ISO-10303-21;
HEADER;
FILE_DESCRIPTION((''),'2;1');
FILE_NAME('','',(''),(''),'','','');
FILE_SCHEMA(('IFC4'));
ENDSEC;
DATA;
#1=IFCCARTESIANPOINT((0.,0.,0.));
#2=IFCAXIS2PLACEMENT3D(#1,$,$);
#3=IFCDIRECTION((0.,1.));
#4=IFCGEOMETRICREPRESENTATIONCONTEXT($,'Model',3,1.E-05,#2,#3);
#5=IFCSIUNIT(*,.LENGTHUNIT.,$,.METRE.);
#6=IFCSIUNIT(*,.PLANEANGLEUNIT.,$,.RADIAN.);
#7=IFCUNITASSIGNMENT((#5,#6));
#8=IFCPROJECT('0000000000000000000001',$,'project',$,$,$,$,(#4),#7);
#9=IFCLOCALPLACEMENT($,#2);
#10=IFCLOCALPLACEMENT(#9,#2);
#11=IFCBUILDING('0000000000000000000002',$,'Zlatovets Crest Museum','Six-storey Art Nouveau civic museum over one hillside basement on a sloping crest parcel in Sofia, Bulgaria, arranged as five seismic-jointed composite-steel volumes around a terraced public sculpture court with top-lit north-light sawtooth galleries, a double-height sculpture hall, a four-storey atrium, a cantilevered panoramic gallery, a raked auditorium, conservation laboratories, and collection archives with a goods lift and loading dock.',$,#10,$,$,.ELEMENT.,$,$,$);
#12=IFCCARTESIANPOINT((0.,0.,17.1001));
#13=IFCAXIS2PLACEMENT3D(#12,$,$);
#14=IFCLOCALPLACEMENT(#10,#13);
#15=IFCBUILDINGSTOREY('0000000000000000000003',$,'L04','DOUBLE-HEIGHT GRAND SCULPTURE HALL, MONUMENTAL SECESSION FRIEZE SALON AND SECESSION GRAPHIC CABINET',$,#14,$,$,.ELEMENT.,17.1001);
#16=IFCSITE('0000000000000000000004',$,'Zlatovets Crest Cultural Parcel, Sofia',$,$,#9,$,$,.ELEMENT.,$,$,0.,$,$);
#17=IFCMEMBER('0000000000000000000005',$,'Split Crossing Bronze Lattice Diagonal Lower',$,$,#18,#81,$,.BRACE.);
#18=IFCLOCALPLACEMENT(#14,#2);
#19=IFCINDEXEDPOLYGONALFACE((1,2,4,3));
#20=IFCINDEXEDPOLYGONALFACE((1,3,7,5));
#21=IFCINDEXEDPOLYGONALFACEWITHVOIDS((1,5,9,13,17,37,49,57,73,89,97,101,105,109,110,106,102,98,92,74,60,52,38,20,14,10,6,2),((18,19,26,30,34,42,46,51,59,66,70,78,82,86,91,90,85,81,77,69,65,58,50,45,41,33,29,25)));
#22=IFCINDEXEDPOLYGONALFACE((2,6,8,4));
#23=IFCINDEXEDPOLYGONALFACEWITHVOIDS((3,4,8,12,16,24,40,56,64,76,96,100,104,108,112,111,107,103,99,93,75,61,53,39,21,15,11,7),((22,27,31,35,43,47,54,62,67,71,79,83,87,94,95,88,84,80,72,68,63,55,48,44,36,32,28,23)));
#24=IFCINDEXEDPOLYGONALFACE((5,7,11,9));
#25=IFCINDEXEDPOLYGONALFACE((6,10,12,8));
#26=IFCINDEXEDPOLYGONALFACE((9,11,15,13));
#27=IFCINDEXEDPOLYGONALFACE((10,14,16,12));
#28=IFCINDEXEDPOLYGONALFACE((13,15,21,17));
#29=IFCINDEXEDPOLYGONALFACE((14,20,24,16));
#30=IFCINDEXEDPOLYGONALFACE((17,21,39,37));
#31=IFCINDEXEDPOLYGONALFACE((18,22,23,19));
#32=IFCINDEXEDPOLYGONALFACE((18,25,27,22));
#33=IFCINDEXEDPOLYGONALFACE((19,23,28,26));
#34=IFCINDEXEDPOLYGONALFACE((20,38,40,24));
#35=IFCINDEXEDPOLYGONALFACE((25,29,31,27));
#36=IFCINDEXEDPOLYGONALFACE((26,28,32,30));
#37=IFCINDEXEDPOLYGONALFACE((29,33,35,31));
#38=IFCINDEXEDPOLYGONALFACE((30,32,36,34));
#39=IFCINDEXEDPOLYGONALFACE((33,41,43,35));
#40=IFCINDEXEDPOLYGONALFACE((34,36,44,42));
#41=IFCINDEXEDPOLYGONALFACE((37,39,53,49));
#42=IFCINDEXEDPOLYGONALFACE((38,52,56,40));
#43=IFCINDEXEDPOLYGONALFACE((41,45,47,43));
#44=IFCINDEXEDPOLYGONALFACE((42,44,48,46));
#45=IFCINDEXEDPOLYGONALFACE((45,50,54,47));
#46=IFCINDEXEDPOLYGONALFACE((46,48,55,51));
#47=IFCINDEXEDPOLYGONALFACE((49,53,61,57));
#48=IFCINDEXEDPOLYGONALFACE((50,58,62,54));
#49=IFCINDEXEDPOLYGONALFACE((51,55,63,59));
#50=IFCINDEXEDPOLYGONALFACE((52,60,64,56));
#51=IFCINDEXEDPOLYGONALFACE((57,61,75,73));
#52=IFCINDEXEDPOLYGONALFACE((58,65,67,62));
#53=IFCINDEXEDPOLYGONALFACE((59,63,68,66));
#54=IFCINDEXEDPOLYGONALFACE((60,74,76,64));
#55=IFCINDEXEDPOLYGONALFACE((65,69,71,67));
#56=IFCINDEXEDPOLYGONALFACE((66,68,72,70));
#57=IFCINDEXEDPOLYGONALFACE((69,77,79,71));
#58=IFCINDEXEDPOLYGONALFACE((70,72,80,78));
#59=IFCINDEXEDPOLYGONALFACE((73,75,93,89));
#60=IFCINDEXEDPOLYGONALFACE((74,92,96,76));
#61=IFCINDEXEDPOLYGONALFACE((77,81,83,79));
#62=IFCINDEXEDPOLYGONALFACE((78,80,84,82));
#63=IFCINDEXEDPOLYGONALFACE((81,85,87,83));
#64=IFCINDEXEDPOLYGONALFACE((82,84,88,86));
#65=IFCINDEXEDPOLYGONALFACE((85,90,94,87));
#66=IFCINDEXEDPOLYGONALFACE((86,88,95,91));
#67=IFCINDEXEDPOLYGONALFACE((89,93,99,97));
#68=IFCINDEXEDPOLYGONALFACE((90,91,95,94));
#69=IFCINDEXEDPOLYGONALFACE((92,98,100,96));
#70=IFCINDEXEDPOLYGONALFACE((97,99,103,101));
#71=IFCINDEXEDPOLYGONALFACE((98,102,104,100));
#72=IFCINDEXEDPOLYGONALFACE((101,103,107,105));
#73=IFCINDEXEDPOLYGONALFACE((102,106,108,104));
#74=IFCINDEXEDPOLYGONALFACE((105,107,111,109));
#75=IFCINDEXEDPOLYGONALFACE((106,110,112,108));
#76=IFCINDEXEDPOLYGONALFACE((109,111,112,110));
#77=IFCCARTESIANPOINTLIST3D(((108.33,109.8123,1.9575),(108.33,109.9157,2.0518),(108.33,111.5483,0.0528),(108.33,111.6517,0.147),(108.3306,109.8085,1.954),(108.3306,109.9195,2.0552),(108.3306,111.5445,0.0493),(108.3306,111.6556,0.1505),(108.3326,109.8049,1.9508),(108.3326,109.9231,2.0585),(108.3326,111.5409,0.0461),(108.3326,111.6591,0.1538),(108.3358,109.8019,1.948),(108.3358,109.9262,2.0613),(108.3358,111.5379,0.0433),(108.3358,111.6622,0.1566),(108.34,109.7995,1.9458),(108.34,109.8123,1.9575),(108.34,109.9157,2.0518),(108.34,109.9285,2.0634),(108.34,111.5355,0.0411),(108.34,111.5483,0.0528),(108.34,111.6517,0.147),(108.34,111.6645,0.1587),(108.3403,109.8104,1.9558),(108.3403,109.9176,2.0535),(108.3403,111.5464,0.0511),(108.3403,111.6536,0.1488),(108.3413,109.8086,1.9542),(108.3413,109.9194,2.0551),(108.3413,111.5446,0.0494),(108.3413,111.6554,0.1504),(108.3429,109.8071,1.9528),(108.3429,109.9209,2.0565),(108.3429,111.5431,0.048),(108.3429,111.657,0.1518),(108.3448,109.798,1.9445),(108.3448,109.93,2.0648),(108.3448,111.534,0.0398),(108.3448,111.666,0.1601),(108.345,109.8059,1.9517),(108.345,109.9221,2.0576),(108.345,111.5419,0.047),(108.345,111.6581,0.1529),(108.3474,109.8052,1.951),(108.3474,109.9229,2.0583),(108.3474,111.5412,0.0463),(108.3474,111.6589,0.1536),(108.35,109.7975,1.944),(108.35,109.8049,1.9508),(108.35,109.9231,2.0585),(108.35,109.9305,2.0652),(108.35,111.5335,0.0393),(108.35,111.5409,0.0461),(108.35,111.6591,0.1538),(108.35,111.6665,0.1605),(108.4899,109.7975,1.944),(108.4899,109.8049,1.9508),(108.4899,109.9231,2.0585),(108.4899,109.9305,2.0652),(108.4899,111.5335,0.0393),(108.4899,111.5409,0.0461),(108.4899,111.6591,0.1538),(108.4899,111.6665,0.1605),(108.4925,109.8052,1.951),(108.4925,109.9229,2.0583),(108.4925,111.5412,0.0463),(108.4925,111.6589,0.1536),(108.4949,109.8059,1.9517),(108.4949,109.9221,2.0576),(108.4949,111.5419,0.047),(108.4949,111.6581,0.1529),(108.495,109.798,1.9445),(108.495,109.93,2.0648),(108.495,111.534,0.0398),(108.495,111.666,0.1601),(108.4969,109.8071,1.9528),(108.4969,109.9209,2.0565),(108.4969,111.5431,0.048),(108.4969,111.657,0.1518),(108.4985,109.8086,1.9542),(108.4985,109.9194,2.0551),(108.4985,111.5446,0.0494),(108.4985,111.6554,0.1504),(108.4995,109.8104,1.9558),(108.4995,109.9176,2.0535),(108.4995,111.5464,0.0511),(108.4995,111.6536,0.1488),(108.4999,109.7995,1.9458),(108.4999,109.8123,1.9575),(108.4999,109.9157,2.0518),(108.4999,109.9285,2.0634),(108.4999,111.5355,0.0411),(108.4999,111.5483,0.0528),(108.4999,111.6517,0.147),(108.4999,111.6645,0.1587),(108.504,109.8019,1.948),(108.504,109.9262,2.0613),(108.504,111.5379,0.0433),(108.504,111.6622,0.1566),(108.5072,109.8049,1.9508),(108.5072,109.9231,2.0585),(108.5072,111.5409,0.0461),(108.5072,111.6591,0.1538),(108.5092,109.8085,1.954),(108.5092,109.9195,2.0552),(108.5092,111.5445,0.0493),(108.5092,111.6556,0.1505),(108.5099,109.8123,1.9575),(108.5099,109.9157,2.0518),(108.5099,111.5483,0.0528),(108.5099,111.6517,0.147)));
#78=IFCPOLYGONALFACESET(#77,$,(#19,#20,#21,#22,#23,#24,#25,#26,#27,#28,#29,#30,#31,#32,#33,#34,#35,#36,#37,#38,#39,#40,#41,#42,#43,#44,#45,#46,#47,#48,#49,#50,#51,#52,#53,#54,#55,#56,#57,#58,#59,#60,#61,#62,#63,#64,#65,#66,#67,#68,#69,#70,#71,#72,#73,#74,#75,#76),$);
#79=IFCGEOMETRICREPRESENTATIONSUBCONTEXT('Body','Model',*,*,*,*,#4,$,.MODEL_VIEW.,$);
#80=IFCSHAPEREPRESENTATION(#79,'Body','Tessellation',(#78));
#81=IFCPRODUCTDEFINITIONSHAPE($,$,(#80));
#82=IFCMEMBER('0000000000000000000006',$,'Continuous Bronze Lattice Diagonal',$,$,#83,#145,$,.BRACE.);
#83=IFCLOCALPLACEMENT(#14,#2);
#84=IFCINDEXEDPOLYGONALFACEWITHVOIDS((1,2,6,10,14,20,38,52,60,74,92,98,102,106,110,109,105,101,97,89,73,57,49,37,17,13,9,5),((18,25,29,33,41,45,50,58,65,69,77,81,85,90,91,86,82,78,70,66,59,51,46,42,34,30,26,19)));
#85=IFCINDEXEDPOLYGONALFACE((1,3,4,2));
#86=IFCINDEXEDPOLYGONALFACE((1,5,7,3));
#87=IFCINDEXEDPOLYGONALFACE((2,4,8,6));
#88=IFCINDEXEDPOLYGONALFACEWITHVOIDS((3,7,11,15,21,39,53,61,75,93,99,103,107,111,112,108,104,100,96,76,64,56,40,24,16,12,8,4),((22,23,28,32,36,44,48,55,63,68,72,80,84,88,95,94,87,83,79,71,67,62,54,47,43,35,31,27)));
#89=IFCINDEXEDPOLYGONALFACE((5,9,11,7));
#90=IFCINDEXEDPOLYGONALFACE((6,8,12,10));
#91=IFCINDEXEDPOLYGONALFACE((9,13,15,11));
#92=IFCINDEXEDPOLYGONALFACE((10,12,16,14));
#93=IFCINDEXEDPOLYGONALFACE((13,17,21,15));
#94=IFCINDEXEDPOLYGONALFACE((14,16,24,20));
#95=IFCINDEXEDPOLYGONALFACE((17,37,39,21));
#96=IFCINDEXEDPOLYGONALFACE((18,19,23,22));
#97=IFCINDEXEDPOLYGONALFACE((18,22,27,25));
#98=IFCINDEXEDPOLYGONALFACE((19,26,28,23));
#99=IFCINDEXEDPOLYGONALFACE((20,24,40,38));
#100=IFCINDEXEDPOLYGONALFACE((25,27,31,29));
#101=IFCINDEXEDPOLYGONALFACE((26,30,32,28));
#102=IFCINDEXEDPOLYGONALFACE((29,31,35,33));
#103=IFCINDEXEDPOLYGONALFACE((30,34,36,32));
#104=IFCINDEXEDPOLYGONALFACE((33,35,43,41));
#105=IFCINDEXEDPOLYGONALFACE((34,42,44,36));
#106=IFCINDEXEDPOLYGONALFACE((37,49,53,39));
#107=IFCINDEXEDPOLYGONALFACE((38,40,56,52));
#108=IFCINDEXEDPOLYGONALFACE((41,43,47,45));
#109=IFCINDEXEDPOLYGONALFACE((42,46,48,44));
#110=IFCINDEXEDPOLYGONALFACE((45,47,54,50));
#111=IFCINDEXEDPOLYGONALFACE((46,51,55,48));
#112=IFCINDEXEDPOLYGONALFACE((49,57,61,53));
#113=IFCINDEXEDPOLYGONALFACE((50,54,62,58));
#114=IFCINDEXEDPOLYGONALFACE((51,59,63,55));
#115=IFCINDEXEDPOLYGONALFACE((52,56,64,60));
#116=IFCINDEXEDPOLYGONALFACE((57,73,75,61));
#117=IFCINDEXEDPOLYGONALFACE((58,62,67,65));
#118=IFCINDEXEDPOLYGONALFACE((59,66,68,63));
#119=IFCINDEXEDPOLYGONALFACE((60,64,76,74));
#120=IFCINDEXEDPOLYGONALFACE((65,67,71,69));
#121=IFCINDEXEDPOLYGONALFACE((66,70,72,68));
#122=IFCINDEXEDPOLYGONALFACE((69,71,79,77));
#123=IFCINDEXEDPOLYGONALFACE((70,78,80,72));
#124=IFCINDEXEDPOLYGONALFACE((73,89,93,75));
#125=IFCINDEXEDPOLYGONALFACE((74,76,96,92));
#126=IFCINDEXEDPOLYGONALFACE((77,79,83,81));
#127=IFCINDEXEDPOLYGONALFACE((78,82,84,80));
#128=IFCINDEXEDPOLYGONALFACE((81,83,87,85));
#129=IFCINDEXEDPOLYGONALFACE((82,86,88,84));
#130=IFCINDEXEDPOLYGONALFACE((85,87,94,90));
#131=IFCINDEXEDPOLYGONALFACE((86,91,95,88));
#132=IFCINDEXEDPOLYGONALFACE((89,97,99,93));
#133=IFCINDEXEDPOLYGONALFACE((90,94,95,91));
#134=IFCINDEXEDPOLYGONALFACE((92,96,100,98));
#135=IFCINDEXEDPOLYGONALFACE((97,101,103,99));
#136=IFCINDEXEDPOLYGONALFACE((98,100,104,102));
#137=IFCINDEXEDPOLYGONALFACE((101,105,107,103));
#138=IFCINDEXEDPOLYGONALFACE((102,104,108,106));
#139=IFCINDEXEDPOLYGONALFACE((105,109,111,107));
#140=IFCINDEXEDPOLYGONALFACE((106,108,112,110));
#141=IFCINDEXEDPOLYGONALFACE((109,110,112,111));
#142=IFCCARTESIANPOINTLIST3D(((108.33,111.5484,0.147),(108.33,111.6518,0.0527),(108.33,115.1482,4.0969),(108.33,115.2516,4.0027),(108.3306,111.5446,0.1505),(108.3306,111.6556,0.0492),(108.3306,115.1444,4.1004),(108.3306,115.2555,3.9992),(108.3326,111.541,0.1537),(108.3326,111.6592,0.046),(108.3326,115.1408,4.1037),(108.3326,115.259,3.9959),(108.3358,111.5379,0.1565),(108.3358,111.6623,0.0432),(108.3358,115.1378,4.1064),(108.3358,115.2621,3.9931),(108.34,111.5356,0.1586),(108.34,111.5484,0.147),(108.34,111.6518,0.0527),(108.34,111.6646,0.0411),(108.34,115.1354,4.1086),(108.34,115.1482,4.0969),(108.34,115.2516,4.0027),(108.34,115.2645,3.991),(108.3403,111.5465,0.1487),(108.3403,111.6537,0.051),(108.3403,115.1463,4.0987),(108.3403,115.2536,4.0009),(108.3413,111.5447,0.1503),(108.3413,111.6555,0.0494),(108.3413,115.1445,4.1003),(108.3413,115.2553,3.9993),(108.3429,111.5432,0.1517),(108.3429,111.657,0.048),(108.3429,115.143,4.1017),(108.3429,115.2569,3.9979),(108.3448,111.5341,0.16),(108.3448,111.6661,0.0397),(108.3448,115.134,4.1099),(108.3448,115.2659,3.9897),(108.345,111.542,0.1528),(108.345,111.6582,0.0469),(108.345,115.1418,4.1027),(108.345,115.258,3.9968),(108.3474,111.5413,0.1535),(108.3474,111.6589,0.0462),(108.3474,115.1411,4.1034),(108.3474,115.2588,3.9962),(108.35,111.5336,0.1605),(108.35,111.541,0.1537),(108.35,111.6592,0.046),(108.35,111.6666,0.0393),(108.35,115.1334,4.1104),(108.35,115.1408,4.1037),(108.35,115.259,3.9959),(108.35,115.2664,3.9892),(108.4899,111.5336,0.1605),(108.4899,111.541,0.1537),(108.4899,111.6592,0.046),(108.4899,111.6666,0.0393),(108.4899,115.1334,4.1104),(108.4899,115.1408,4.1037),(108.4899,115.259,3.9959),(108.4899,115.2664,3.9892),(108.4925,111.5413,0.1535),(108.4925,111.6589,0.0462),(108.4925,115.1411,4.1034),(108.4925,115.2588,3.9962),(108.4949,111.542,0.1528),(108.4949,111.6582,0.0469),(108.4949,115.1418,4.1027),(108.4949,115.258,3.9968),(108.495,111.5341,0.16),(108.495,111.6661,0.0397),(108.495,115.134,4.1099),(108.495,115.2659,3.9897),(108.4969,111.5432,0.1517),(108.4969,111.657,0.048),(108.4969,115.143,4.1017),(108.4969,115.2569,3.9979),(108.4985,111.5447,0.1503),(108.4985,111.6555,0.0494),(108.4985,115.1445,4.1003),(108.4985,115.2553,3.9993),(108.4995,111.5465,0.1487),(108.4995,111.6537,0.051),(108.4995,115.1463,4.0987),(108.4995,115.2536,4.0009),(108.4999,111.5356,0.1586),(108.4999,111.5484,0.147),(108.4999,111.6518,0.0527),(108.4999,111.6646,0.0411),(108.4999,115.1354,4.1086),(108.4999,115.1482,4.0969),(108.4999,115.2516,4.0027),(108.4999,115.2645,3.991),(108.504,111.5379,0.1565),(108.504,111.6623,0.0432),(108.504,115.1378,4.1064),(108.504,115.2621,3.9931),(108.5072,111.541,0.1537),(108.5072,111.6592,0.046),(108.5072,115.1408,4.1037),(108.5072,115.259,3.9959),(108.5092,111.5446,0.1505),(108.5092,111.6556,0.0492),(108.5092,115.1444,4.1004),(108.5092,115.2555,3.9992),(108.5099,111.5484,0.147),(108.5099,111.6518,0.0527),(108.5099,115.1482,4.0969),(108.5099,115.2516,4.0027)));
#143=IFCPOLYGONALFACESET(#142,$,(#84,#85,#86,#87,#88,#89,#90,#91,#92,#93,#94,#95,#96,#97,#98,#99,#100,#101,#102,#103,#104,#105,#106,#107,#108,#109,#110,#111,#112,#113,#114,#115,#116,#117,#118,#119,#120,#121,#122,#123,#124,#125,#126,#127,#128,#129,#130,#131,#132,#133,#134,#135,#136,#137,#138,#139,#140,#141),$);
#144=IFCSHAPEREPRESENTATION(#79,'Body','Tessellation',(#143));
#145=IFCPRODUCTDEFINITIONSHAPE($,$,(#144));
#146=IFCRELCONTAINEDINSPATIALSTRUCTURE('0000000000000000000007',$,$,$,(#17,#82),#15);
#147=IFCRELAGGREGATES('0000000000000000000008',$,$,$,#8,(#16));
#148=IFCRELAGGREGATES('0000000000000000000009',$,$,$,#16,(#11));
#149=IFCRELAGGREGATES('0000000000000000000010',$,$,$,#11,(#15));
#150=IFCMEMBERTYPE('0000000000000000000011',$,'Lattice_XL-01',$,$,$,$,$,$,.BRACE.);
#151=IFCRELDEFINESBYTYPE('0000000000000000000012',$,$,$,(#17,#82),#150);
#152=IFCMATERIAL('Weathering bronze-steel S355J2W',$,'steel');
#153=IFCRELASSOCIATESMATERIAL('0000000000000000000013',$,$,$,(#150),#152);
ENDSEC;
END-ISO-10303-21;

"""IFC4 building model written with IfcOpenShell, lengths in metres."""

from ifc_helpers import new_model, si_unit, direction, frame, origin, origin_2d, place, context, subcontext, project, spatial, hollow_rectangle, extrude, material, material_profile, profile_set, type_object, element, save


model = new_model("IFC4")

# Units and contexts
model_context = context("Model", 3, precision=1e-05, world=origin(), true_north=direction((0.0, 1.0)))
body_context = subcontext(model_context, "Body", "Model", "MODEL_VIEW")
ifc_project = project(units=[si_unit("LENGTHUNIT", "METRE"), si_unit("PLANEANGLEUNIT", "RADIAN")], contexts=[model_context])

# Site, building, storey
site_placement = place(None, origin())
site = spatial("IfcSite", under=ifc_project, at=site_placement, Name="Zlatovets Crest Cultural Parcel, Sofia", CompositionType="ELEMENT", RefElevation=0.0)
building_placement = place(site_placement, origin())
building = spatial("IfcBuilding", under=site, at=building_placement, Name="Zlatovets Crest Museum", Description="Six-storey Art Nouveau civic museum over one hillside basement on a sloping crest parcel in Sofia, Bulgaria, arranged as five seismic-jointed composite-steel volumes around a terraced public sculpture court with top-lit north-light sawtooth galleries, a double-height sculpture hall, a four-storey atrium, a cantilevered panoramic gallery, a raked auditorium, conservation laboratories, and collection archives with a goods lift and loading dock.", CompositionType="ELEMENT")
storey_placement = place(building_placement, frame((0.0, 0.0, 17.1001)))
storey = spatial("IfcBuildingStorey", under=building, at=storey_placement, Name="L04", Description="DOUBLE-HEIGHT GRAND SCULPTURE HALL, MONUMENTAL SECESSION FRIEZE SALON AND SECESSION GRAPHIC CABINET", CompositionType="ELEMENT", Elevation=17.1001)

# Members
ifc_material_1 = material(Name="Weathering bronze-steel S355J2W", Category="steel")
ifc_material_profile_1 = material_profile(ifc_material_1, hollow_rectangle(XDim=0.1799, YDim=0.1799, WallThickness=0.01, InnerFilletRadius=0.01, OuterFilletRadius=0.02, at=origin_2d()), Name="SHS 180x180x10.0")
ifc_profile_set_1 = profile_set([ifc_material_profile_1], Name="Weathering bronze-steel S355J2W")
member_type_1 = type_object("IfcMemberType", Name="Lattice_XL-01", PredefinedType="BRACE", material=ifc_profile_set_1)
member_1_placement = place(storey_placement, frame((108.4199, 109.864, 2.0046), z_axis=(0.0, 0.67362, -0.739078), x_axis=(-1.0, 0.0, 0.0)))
element("IfcMember", 1, at=member_1_placement, inside=storey, type_object=member_type_1, Name="Split Crossing Bronze Lattice Diagonal Lower", PredefinedType="BRACE", context=body_context, shape_type="SweptSolid", body=[
    extrude(hollow_rectangle(XDim=0.1799, YDim=0.1799, WallThickness=0.01, InnerFilletRadius=0.01, OuterFilletRadius=0.02, at=origin_2d()), origin(), (0.0, 0.0, 1.0), 2.5771),
])
member_2_placement = place(storey_placement, frame((108.4199, 111.6001, 0.0999), z_axis=(0.0, 0.673593, 0.739102), x_axis=(-1.0, 0.0, 0.0)))
element("IfcMember", 2, at=member_2_placement, inside=storey, type_object=member_type_1, Name="Continuous Bronze Lattice Diagonal", PredefinedType="BRACE", context=body_context, shape_type="SweptSolid", body=[
    extrude(hollow_rectangle(XDim=0.1799, YDim=0.1799, WallThickness=0.01, InnerFilletRadius=0.01, OuterFilletRadius=0.02, at=origin_2d()), origin(), (0.0, 0.0, 1.0), 5.3442),
])

save(model, "model.ifc")
